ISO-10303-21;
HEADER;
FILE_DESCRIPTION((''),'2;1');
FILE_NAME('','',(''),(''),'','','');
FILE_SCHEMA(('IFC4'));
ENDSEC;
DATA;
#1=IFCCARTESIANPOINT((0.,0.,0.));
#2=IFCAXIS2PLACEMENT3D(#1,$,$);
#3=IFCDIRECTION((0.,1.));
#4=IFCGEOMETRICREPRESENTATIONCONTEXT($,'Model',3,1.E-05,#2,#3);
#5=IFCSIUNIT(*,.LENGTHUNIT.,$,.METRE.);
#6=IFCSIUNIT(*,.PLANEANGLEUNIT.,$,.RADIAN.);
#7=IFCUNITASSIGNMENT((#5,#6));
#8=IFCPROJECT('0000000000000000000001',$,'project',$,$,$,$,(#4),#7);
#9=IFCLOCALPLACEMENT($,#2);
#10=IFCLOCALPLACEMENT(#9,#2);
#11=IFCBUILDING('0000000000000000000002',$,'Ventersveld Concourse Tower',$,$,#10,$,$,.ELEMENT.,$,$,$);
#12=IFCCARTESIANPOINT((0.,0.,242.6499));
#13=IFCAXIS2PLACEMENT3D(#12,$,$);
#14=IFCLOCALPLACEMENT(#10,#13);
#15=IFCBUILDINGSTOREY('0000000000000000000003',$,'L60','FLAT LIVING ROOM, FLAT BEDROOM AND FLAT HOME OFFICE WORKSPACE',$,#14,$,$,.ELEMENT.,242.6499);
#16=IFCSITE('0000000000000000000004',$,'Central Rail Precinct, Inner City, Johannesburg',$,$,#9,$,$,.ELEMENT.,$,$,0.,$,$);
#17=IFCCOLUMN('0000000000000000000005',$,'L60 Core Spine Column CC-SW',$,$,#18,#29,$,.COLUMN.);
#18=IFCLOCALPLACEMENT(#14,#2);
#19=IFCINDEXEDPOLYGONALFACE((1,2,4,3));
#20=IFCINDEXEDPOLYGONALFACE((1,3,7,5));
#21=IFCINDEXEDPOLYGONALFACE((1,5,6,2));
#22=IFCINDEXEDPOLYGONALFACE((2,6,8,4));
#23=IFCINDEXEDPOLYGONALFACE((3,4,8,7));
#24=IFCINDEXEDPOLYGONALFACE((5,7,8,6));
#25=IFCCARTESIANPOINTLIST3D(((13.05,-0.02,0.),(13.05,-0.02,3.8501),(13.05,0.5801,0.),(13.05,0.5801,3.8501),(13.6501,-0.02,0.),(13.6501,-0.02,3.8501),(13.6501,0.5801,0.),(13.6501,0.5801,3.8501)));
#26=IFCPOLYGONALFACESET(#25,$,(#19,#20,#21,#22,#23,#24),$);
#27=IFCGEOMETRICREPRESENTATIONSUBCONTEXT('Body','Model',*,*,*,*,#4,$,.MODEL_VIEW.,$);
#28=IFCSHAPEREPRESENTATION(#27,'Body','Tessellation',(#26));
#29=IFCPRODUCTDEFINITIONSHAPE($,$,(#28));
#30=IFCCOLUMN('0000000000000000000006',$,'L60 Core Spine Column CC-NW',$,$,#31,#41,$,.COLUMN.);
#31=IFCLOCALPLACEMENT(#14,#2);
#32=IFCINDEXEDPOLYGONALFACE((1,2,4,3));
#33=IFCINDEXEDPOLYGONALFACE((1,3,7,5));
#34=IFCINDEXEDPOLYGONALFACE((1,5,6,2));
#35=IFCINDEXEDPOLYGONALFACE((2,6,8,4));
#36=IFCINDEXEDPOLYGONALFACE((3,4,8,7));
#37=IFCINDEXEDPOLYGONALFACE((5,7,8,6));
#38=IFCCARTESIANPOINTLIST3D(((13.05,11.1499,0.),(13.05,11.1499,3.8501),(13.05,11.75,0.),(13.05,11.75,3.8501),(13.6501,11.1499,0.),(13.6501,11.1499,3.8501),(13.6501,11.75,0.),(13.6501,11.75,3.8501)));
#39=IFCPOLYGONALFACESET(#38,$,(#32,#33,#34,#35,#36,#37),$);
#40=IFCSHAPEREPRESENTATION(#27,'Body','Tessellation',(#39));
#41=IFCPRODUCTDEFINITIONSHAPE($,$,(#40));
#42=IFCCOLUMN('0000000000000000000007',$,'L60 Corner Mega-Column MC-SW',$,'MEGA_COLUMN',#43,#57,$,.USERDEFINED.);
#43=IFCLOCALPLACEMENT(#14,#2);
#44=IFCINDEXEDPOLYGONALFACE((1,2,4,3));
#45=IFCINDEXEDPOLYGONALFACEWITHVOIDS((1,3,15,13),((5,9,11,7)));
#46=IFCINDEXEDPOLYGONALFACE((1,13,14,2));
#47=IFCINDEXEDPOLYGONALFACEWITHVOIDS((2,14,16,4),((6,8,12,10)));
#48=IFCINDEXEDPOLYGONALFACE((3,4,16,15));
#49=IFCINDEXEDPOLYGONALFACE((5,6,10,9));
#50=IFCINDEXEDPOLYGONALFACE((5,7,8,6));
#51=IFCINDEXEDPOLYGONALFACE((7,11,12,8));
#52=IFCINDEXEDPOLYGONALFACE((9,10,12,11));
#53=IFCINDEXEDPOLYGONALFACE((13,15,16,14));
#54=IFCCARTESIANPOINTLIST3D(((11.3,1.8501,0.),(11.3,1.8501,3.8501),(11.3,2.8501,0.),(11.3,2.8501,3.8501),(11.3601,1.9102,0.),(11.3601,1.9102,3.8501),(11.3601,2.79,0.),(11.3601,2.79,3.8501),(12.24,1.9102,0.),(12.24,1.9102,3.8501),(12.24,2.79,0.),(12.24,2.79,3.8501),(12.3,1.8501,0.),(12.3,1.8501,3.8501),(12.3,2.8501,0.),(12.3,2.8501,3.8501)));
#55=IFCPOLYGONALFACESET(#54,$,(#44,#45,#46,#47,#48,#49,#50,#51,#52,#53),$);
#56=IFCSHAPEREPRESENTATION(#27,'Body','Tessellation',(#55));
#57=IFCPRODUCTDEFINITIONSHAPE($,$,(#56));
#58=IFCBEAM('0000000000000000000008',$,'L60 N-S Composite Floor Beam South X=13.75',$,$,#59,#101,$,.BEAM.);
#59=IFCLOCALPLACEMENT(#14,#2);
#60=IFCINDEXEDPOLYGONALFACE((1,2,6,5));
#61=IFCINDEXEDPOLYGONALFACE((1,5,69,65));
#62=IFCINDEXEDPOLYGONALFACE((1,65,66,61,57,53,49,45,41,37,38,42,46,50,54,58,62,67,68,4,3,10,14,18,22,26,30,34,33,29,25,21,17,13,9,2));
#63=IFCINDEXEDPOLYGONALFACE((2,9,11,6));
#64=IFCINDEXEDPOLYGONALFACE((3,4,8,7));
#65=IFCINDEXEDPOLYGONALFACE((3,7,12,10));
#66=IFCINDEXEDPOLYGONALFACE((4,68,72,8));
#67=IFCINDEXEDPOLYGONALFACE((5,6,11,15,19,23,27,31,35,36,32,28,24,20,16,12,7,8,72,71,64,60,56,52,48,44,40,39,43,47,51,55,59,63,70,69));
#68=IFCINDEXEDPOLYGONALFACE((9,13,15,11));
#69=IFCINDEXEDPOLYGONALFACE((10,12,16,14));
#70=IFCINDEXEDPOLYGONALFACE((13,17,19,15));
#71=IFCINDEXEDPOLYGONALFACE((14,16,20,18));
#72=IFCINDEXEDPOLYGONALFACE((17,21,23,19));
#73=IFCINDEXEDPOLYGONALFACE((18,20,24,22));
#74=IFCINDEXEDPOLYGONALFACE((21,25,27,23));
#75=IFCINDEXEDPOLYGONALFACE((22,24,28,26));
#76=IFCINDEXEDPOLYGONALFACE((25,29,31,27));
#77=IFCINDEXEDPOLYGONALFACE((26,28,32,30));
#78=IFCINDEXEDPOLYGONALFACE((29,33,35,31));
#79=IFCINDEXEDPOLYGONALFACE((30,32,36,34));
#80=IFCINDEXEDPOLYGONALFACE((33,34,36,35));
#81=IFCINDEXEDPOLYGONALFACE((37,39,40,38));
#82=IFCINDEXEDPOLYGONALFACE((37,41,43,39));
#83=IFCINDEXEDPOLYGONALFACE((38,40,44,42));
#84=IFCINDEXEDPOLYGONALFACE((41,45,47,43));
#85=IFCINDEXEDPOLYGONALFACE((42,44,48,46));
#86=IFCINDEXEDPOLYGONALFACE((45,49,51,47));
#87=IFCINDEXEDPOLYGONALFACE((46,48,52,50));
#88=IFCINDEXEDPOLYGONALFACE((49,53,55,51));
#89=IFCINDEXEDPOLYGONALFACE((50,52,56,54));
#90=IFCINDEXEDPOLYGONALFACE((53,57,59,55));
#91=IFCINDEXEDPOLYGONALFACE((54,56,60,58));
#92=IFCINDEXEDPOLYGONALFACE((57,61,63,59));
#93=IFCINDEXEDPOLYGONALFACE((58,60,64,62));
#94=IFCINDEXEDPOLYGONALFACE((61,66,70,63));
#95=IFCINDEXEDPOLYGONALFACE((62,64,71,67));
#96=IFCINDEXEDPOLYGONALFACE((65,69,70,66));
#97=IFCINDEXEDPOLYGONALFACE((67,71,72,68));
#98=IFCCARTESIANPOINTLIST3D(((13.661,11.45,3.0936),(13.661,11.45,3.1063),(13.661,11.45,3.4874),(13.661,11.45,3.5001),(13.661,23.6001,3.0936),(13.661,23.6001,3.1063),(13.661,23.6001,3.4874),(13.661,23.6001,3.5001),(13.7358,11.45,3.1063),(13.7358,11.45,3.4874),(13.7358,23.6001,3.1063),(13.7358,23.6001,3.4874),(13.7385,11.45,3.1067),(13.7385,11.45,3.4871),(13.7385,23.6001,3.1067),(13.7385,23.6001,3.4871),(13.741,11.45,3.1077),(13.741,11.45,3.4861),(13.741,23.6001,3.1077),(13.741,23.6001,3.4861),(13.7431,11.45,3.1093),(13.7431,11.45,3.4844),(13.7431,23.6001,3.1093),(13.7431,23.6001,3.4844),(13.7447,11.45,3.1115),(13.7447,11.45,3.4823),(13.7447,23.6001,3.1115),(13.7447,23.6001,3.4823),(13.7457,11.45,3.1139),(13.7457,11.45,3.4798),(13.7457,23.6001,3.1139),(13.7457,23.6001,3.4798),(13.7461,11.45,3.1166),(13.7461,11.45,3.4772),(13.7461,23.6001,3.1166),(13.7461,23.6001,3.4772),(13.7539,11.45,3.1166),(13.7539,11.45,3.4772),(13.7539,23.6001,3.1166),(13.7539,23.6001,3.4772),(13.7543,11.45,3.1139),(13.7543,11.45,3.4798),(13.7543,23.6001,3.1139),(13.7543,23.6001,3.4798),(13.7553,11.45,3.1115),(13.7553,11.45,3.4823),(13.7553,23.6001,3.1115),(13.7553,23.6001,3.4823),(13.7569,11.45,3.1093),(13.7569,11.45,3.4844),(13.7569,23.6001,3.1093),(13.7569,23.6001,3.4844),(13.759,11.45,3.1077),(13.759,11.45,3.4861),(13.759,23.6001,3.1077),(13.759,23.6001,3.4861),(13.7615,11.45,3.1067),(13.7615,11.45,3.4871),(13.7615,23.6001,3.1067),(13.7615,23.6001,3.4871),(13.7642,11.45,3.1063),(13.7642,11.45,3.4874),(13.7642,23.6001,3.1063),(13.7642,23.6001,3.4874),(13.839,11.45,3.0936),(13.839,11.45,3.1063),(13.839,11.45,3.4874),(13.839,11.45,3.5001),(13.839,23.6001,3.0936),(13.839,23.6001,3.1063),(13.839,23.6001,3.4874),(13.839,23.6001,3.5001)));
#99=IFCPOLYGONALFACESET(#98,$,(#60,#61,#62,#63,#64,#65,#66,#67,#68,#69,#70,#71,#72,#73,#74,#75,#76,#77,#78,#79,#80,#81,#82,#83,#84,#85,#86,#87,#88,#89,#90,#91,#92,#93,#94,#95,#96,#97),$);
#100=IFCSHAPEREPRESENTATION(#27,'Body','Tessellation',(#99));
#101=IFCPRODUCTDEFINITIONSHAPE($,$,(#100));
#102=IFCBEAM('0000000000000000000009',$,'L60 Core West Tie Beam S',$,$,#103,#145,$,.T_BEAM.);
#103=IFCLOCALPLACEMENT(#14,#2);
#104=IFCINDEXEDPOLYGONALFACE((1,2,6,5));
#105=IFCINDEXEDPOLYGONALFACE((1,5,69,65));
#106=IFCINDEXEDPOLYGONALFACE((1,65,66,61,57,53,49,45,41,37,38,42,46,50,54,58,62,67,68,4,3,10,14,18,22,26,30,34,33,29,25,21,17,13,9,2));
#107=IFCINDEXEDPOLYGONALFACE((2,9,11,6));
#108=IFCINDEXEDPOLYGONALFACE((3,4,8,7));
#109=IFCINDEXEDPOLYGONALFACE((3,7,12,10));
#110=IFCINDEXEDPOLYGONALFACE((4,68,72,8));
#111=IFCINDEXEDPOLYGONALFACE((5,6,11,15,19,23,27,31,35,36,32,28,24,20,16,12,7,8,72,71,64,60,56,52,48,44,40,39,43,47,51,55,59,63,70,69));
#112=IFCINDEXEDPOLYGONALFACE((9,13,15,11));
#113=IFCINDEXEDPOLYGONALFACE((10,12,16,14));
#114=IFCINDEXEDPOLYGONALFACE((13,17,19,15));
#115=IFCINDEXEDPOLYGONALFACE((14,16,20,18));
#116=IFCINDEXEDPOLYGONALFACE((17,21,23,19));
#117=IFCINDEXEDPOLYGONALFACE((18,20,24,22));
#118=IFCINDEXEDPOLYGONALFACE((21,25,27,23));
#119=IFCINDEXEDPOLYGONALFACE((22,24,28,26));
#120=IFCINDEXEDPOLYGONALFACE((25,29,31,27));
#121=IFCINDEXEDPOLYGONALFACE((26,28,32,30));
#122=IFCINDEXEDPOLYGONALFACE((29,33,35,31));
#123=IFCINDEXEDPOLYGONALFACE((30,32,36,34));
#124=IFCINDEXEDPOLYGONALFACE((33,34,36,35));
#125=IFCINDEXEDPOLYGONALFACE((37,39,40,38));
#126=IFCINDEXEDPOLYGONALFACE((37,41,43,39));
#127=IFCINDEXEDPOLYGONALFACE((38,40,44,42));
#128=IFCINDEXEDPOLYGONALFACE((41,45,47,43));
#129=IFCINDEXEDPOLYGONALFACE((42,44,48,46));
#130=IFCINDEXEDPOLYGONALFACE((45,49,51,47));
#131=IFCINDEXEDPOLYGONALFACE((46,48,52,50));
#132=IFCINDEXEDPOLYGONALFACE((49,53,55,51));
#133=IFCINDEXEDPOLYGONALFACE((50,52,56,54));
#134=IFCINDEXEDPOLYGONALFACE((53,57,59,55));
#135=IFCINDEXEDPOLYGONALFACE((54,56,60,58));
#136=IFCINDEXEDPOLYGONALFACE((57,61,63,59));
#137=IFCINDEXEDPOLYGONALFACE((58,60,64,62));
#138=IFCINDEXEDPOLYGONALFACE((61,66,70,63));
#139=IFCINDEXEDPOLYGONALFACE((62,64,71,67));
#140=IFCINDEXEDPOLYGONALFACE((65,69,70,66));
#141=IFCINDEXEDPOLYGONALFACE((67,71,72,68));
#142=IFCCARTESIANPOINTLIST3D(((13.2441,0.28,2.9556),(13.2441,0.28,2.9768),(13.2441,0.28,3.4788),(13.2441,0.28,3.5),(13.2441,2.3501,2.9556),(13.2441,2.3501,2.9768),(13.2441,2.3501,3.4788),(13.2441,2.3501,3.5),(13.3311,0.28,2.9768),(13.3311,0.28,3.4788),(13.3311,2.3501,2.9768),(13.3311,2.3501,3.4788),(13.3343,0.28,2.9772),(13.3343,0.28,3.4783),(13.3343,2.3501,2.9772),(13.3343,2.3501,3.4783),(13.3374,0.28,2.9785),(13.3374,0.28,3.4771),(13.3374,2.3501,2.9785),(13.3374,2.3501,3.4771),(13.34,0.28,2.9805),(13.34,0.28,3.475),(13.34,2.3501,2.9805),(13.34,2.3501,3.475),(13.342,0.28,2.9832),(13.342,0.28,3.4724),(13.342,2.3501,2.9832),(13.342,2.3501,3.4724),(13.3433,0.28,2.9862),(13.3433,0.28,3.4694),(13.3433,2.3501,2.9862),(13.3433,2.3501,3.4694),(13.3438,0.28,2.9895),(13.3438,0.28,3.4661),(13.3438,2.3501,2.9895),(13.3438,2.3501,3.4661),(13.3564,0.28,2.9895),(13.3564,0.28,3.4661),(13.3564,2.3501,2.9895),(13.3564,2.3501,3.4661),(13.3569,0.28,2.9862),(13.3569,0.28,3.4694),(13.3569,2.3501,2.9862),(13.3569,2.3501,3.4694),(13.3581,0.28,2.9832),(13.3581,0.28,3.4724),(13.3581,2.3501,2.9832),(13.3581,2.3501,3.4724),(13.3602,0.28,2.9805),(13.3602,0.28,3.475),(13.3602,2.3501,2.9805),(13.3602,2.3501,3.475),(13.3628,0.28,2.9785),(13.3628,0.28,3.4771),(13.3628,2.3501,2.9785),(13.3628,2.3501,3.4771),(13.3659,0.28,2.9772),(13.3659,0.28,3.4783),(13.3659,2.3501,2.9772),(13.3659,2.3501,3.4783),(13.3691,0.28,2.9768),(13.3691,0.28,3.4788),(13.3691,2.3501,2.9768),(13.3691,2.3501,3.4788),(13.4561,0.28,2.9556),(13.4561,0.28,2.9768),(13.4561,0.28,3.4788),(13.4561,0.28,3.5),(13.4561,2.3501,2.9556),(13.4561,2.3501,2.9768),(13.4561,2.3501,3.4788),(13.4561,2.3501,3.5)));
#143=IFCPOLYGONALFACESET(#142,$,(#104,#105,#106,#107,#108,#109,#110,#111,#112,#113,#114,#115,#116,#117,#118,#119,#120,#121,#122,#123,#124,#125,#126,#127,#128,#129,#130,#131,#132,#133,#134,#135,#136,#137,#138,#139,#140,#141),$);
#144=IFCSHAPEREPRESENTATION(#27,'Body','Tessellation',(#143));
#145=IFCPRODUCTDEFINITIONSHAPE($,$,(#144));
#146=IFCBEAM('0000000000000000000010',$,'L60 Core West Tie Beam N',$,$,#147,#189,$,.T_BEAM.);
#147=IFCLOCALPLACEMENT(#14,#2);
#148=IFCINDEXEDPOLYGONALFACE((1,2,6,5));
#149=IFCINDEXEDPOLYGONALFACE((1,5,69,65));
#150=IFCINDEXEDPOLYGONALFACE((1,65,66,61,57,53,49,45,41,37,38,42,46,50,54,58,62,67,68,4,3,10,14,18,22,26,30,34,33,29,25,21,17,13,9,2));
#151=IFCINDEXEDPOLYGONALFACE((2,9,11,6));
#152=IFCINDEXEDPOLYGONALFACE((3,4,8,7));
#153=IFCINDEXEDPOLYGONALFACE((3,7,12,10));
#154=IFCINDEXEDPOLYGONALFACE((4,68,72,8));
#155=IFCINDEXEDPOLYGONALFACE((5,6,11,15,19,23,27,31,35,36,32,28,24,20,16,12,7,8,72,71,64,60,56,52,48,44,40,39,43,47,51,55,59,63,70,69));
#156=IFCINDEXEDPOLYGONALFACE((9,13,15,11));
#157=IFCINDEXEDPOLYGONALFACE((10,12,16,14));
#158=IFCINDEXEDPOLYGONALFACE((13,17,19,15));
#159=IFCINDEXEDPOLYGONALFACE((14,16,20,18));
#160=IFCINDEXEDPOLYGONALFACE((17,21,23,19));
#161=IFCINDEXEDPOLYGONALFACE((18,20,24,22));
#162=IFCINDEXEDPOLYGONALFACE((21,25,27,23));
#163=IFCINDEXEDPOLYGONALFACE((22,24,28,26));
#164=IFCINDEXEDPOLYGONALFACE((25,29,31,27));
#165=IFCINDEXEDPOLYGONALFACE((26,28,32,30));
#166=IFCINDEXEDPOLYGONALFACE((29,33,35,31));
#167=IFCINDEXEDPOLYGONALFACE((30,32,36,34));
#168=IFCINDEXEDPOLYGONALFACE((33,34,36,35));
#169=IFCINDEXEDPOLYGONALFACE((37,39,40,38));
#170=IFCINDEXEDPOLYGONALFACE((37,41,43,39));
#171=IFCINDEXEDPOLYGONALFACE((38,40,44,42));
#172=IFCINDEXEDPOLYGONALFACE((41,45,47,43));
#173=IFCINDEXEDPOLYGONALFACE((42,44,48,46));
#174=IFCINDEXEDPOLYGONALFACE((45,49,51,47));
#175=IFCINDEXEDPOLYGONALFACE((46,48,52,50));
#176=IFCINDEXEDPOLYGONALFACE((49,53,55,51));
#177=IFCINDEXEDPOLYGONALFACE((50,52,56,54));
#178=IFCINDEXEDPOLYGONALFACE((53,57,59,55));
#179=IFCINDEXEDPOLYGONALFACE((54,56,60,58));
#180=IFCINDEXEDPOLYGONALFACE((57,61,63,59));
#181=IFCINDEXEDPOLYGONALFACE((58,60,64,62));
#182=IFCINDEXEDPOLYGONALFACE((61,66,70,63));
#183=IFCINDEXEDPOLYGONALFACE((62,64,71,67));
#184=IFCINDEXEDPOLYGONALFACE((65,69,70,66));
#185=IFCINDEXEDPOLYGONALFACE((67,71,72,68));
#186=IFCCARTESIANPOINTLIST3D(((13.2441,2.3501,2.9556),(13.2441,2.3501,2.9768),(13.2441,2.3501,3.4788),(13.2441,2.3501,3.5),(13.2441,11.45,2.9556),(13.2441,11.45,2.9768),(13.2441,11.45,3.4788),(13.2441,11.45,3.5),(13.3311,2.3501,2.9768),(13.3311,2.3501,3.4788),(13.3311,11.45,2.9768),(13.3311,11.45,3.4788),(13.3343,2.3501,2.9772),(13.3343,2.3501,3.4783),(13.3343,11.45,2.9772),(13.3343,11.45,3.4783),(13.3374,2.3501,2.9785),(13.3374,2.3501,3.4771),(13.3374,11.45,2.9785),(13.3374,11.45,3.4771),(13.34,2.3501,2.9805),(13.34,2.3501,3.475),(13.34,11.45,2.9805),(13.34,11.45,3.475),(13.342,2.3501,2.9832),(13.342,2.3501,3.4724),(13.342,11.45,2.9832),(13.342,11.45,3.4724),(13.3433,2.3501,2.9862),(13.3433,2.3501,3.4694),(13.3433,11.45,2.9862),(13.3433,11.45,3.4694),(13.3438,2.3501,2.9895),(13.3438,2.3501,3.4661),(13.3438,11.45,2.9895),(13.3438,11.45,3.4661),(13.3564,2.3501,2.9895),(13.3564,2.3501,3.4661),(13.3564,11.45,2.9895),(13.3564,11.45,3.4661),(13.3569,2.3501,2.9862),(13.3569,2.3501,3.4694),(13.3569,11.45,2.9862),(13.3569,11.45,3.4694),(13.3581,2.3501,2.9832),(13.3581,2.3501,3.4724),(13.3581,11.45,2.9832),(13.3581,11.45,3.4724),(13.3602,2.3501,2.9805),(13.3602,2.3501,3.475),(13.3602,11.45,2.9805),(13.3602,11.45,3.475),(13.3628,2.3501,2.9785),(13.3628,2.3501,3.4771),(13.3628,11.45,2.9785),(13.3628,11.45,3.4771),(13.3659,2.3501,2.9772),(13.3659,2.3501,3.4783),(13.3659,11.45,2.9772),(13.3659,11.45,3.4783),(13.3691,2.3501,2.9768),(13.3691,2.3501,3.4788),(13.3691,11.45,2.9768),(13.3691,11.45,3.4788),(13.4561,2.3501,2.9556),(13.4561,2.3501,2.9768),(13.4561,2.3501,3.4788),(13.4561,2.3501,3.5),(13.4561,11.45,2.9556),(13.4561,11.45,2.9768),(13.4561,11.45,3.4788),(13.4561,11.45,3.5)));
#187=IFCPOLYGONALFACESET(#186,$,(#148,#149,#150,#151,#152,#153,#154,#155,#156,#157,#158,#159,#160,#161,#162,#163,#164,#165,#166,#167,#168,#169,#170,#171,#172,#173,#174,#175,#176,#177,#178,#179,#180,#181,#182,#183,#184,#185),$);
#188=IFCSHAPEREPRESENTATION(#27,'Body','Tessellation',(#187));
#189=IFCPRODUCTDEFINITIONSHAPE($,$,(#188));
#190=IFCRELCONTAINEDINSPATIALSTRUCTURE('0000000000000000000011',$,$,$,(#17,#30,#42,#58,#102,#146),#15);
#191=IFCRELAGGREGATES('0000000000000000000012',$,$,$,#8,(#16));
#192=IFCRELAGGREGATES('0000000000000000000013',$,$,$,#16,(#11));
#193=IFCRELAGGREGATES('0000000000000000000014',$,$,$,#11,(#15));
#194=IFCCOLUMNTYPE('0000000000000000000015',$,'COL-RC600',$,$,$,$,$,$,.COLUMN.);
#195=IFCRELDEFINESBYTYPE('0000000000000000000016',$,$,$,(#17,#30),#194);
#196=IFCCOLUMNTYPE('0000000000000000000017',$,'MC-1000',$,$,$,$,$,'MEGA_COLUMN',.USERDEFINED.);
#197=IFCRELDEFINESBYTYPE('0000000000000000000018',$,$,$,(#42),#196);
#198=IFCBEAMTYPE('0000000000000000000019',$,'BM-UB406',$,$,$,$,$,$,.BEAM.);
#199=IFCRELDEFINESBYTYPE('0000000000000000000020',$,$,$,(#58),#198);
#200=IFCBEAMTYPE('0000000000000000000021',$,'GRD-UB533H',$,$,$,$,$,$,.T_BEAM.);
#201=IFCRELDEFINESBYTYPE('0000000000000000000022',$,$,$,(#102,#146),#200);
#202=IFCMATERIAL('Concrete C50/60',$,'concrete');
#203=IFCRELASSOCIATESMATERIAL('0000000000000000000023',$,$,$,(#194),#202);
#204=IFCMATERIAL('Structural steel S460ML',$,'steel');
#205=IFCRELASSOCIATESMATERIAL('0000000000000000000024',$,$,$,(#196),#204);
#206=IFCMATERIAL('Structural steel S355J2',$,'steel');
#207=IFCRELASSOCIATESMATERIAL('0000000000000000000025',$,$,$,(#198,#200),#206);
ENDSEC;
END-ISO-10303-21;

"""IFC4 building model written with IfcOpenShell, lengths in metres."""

from ifc_helpers import new_model, si_unit, direction, frame, origin, origin_2d, place, context, subcontext, project, spatial, rectangle, hollow_rectangle, i_section, extrude, material, material_profile, profile_set, type_object, element, save


model = new_model("IFC4")

# Units and contexts
model_context = context("Model", 3, precision=1e-05, world=origin(), true_north=direction((0.0, 1.0)))
body_context = subcontext(model_context, "Body", "Model", "MODEL_VIEW")
ifc_project = project(units=[si_unit("LENGTHUNIT", "METRE"), si_unit("PLANEANGLEUNIT", "RADIAN")], contexts=[model_context])

# Site, building, storey
site_placement = place(None, origin())
site = spatial("IfcSite", under=ifc_project, at=site_placement, Name="Central Rail Precinct, Inner City, Johannesburg", CompositionType="ELEMENT", RefElevation=0.0)
building_placement = place(site_placement, origin())
building = spatial("IfcBuilding", under=site, at=building_placement, Name="Ventersveld Concourse Tower", CompositionType="ELEMENT")
storey_placement = place(building_placement, frame((0.0, 0.0, 242.6499)))
storey = spatial("IfcBuildingStorey", under=building, at=storey_placement, Name="L60", Description="FLAT LIVING ROOM, FLAT BEDROOM AND FLAT HOME OFFICE WORKSPACE", CompositionType="ELEMENT", Elevation=242.6499)

# Columns
ifc_material_1 = material(Name="Concrete C50/60", Category="concrete")
ifc_material_profile_1 = material_profile(ifc_material_1, rectangle(XDim=0.6001, YDim=0.6001, at=origin_2d()), Name="RC 600x600")
ifc_profile_set_1 = profile_set([ifc_material_profile_1], Name="Concrete C50/60")
column_type_1 = type_object("IfcColumnType", Name="COL-RC600", PredefinedType="COLUMN", material=ifc_profile_set_1)
for number, where, z_axis, x_axis, name in (
    (1, (13.3501, 0.28, 0.0), (0.0, 0.0, 1.0), (1.0, 0.0, 0.0), "L60 Core Spine Column CC-SW"),
    (2, (13.3501, 11.45, 0.0), (0.0, 0.0, 1.0), (1.0, 0.0, 0.0), "L60 Core Spine Column CC-NW"),
):
    element("IfcColumn", number, at=place(storey_placement, frame(where, z_axis=z_axis, x_axis=x_axis)), inside=storey, type_object=column_type_1, Name=name, PredefinedType="COLUMN", context=body_context, shape_type="SweptSolid", body=[
        extrude(rectangle(XDim=0.6001, YDim=0.6001, at=origin_2d()), origin(), (0.0, 0.0, 1.0), 3.8501),
    ])
ifc_material_2 = material(Name="Structural steel S460ML", Category="steel")
ifc_material_profile_2 = material_profile(ifc_material_2, hollow_rectangle(XDim=1.0, YDim=1.0, WallThickness=0.0601, at=origin_2d()), Name="BOX 1000x1000x60")
ifc_profile_set_2 = profile_set([ifc_material_profile_2], Name="Structural steel S460ML")
column_type_2 = type_object("IfcColumnType", Name="MC-1000", ElementType="MEGA_COLUMN", PredefinedType="USERDEFINED", material=ifc_profile_set_2)
column_placement = place(storey_placement, frame((11.8, 2.3501, 0.0), z_axis=(0.0, 0.0, 1.0), x_axis=(1.0, 0.0, 0.0)))
element("IfcColumn", 3, at=column_placement, inside=storey, type_object=column_type_2, Name="L60 Corner Mega-Column MC-SW", ObjectType="MEGA_COLUMN", PredefinedType="USERDEFINED", context=body_context, shape_type="SweptSolid", body=[
    extrude(hollow_rectangle(XDim=1.0, YDim=1.0, WallThickness=0.0601, at=origin_2d()), origin(), (0.0, 0.0, 1.0), 3.8501),
])

# Beams
ifc_material_3 = material(Name="Structural steel S355J2", Category="steel")
ifc_material_profile_3 = material_profile(ifc_material_3, i_section(OverallWidth=0.178, OverallDepth=0.4065, WebThickness=0.0078, FlangeThickness=0.0127, FilletRadius=0.0103, at=origin_2d()), Name="UB 406x178x60")
ifc_profile_set_3 = profile_set([ifc_material_profile_3], Name="Structural steel S355J2")
beam_type_1 = type_object("IfcBeamType", Name="BM-UB406", PredefinedType="BEAM", material=ifc_profile_set_3)
beam_1_placement = place(storey_placement, frame((13.75, 11.45, 3.2969), z_axis=(0.0, 1.0, 0.0), x_axis=(-1.0, 0.0, 0.0)))
element("IfcBeam", 4, at=beam_1_placement, inside=storey, type_object=beam_type_1, Name="L60 N-S Composite Floor Beam South X=13.75", PredefinedType="BEAM", context=body_context, shape_type="SweptSolid", body=[
    extrude(i_section(OverallWidth=0.178, OverallDepth=0.4065, WebThickness=0.0078, FlangeThickness=0.0127, FilletRadius=0.0103, at=origin_2d()), origin(), (0.0, 0.0, 1.0), 12.1501),
])
ifc_material_profile_4 = material_profile(ifc_material_3, i_section(OverallWidth=0.2119, OverallDepth=0.5444, WebThickness=0.0127, FlangeThickness=0.0212, FilletRadius=0.0127, at=origin_2d()), Name="UB 533x210x122")
ifc_profile_set_4 = profile_set([ifc_material_profile_4], Name="Structural steel S355J2")
beam_type_2 = type_object("IfcBeamType", Name="GRD-UB533H", PredefinedType="T_BEAM", material=ifc_profile_set_4)
beam_2_placement = place(storey_placement, frame((13.3501, 0.28, 3.2278), z_axis=(0.0, 1.0, 0.0), x_axis=(-1.0, 0.0, 0.0)))
element("IfcBeam", 5, at=beam_2_placement, inside=storey, type_object=beam_type_2, Name="L60 Core West Tie Beam S", PredefinedType="T_BEAM", context=body_context, shape_type="SweptSolid", body=[
    extrude(i_section(OverallWidth=0.2119, OverallDepth=0.5444, WebThickness=0.0127, FlangeThickness=0.0212, FilletRadius=0.0127, at=origin_2d()), origin(), (0.0, 0.0, 1.0), 2.0701),
])
beam_3_placement = place(storey_placement, frame((13.3501, 2.3501, 3.2278), z_axis=(0.0, 1.0, 0.0), x_axis=(-1.0, 0.0, 0.0)))
element("IfcBeam", 6, at=beam_3_placement, inside=storey, type_object=beam_type_2, Name="L60 Core West Tie Beam N", PredefinedType="T_BEAM", context=body_context, shape_type="SweptSolid", body=[
    extrude(i_section(OverallWidth=0.2119, OverallDepth=0.5444, WebThickness=0.0127, FlangeThickness=0.0212, FilletRadius=0.0127, at=origin_2d()), origin(), (0.0, 0.0, 1.0), 9.0999),
])

save(model, "model.ifc")
